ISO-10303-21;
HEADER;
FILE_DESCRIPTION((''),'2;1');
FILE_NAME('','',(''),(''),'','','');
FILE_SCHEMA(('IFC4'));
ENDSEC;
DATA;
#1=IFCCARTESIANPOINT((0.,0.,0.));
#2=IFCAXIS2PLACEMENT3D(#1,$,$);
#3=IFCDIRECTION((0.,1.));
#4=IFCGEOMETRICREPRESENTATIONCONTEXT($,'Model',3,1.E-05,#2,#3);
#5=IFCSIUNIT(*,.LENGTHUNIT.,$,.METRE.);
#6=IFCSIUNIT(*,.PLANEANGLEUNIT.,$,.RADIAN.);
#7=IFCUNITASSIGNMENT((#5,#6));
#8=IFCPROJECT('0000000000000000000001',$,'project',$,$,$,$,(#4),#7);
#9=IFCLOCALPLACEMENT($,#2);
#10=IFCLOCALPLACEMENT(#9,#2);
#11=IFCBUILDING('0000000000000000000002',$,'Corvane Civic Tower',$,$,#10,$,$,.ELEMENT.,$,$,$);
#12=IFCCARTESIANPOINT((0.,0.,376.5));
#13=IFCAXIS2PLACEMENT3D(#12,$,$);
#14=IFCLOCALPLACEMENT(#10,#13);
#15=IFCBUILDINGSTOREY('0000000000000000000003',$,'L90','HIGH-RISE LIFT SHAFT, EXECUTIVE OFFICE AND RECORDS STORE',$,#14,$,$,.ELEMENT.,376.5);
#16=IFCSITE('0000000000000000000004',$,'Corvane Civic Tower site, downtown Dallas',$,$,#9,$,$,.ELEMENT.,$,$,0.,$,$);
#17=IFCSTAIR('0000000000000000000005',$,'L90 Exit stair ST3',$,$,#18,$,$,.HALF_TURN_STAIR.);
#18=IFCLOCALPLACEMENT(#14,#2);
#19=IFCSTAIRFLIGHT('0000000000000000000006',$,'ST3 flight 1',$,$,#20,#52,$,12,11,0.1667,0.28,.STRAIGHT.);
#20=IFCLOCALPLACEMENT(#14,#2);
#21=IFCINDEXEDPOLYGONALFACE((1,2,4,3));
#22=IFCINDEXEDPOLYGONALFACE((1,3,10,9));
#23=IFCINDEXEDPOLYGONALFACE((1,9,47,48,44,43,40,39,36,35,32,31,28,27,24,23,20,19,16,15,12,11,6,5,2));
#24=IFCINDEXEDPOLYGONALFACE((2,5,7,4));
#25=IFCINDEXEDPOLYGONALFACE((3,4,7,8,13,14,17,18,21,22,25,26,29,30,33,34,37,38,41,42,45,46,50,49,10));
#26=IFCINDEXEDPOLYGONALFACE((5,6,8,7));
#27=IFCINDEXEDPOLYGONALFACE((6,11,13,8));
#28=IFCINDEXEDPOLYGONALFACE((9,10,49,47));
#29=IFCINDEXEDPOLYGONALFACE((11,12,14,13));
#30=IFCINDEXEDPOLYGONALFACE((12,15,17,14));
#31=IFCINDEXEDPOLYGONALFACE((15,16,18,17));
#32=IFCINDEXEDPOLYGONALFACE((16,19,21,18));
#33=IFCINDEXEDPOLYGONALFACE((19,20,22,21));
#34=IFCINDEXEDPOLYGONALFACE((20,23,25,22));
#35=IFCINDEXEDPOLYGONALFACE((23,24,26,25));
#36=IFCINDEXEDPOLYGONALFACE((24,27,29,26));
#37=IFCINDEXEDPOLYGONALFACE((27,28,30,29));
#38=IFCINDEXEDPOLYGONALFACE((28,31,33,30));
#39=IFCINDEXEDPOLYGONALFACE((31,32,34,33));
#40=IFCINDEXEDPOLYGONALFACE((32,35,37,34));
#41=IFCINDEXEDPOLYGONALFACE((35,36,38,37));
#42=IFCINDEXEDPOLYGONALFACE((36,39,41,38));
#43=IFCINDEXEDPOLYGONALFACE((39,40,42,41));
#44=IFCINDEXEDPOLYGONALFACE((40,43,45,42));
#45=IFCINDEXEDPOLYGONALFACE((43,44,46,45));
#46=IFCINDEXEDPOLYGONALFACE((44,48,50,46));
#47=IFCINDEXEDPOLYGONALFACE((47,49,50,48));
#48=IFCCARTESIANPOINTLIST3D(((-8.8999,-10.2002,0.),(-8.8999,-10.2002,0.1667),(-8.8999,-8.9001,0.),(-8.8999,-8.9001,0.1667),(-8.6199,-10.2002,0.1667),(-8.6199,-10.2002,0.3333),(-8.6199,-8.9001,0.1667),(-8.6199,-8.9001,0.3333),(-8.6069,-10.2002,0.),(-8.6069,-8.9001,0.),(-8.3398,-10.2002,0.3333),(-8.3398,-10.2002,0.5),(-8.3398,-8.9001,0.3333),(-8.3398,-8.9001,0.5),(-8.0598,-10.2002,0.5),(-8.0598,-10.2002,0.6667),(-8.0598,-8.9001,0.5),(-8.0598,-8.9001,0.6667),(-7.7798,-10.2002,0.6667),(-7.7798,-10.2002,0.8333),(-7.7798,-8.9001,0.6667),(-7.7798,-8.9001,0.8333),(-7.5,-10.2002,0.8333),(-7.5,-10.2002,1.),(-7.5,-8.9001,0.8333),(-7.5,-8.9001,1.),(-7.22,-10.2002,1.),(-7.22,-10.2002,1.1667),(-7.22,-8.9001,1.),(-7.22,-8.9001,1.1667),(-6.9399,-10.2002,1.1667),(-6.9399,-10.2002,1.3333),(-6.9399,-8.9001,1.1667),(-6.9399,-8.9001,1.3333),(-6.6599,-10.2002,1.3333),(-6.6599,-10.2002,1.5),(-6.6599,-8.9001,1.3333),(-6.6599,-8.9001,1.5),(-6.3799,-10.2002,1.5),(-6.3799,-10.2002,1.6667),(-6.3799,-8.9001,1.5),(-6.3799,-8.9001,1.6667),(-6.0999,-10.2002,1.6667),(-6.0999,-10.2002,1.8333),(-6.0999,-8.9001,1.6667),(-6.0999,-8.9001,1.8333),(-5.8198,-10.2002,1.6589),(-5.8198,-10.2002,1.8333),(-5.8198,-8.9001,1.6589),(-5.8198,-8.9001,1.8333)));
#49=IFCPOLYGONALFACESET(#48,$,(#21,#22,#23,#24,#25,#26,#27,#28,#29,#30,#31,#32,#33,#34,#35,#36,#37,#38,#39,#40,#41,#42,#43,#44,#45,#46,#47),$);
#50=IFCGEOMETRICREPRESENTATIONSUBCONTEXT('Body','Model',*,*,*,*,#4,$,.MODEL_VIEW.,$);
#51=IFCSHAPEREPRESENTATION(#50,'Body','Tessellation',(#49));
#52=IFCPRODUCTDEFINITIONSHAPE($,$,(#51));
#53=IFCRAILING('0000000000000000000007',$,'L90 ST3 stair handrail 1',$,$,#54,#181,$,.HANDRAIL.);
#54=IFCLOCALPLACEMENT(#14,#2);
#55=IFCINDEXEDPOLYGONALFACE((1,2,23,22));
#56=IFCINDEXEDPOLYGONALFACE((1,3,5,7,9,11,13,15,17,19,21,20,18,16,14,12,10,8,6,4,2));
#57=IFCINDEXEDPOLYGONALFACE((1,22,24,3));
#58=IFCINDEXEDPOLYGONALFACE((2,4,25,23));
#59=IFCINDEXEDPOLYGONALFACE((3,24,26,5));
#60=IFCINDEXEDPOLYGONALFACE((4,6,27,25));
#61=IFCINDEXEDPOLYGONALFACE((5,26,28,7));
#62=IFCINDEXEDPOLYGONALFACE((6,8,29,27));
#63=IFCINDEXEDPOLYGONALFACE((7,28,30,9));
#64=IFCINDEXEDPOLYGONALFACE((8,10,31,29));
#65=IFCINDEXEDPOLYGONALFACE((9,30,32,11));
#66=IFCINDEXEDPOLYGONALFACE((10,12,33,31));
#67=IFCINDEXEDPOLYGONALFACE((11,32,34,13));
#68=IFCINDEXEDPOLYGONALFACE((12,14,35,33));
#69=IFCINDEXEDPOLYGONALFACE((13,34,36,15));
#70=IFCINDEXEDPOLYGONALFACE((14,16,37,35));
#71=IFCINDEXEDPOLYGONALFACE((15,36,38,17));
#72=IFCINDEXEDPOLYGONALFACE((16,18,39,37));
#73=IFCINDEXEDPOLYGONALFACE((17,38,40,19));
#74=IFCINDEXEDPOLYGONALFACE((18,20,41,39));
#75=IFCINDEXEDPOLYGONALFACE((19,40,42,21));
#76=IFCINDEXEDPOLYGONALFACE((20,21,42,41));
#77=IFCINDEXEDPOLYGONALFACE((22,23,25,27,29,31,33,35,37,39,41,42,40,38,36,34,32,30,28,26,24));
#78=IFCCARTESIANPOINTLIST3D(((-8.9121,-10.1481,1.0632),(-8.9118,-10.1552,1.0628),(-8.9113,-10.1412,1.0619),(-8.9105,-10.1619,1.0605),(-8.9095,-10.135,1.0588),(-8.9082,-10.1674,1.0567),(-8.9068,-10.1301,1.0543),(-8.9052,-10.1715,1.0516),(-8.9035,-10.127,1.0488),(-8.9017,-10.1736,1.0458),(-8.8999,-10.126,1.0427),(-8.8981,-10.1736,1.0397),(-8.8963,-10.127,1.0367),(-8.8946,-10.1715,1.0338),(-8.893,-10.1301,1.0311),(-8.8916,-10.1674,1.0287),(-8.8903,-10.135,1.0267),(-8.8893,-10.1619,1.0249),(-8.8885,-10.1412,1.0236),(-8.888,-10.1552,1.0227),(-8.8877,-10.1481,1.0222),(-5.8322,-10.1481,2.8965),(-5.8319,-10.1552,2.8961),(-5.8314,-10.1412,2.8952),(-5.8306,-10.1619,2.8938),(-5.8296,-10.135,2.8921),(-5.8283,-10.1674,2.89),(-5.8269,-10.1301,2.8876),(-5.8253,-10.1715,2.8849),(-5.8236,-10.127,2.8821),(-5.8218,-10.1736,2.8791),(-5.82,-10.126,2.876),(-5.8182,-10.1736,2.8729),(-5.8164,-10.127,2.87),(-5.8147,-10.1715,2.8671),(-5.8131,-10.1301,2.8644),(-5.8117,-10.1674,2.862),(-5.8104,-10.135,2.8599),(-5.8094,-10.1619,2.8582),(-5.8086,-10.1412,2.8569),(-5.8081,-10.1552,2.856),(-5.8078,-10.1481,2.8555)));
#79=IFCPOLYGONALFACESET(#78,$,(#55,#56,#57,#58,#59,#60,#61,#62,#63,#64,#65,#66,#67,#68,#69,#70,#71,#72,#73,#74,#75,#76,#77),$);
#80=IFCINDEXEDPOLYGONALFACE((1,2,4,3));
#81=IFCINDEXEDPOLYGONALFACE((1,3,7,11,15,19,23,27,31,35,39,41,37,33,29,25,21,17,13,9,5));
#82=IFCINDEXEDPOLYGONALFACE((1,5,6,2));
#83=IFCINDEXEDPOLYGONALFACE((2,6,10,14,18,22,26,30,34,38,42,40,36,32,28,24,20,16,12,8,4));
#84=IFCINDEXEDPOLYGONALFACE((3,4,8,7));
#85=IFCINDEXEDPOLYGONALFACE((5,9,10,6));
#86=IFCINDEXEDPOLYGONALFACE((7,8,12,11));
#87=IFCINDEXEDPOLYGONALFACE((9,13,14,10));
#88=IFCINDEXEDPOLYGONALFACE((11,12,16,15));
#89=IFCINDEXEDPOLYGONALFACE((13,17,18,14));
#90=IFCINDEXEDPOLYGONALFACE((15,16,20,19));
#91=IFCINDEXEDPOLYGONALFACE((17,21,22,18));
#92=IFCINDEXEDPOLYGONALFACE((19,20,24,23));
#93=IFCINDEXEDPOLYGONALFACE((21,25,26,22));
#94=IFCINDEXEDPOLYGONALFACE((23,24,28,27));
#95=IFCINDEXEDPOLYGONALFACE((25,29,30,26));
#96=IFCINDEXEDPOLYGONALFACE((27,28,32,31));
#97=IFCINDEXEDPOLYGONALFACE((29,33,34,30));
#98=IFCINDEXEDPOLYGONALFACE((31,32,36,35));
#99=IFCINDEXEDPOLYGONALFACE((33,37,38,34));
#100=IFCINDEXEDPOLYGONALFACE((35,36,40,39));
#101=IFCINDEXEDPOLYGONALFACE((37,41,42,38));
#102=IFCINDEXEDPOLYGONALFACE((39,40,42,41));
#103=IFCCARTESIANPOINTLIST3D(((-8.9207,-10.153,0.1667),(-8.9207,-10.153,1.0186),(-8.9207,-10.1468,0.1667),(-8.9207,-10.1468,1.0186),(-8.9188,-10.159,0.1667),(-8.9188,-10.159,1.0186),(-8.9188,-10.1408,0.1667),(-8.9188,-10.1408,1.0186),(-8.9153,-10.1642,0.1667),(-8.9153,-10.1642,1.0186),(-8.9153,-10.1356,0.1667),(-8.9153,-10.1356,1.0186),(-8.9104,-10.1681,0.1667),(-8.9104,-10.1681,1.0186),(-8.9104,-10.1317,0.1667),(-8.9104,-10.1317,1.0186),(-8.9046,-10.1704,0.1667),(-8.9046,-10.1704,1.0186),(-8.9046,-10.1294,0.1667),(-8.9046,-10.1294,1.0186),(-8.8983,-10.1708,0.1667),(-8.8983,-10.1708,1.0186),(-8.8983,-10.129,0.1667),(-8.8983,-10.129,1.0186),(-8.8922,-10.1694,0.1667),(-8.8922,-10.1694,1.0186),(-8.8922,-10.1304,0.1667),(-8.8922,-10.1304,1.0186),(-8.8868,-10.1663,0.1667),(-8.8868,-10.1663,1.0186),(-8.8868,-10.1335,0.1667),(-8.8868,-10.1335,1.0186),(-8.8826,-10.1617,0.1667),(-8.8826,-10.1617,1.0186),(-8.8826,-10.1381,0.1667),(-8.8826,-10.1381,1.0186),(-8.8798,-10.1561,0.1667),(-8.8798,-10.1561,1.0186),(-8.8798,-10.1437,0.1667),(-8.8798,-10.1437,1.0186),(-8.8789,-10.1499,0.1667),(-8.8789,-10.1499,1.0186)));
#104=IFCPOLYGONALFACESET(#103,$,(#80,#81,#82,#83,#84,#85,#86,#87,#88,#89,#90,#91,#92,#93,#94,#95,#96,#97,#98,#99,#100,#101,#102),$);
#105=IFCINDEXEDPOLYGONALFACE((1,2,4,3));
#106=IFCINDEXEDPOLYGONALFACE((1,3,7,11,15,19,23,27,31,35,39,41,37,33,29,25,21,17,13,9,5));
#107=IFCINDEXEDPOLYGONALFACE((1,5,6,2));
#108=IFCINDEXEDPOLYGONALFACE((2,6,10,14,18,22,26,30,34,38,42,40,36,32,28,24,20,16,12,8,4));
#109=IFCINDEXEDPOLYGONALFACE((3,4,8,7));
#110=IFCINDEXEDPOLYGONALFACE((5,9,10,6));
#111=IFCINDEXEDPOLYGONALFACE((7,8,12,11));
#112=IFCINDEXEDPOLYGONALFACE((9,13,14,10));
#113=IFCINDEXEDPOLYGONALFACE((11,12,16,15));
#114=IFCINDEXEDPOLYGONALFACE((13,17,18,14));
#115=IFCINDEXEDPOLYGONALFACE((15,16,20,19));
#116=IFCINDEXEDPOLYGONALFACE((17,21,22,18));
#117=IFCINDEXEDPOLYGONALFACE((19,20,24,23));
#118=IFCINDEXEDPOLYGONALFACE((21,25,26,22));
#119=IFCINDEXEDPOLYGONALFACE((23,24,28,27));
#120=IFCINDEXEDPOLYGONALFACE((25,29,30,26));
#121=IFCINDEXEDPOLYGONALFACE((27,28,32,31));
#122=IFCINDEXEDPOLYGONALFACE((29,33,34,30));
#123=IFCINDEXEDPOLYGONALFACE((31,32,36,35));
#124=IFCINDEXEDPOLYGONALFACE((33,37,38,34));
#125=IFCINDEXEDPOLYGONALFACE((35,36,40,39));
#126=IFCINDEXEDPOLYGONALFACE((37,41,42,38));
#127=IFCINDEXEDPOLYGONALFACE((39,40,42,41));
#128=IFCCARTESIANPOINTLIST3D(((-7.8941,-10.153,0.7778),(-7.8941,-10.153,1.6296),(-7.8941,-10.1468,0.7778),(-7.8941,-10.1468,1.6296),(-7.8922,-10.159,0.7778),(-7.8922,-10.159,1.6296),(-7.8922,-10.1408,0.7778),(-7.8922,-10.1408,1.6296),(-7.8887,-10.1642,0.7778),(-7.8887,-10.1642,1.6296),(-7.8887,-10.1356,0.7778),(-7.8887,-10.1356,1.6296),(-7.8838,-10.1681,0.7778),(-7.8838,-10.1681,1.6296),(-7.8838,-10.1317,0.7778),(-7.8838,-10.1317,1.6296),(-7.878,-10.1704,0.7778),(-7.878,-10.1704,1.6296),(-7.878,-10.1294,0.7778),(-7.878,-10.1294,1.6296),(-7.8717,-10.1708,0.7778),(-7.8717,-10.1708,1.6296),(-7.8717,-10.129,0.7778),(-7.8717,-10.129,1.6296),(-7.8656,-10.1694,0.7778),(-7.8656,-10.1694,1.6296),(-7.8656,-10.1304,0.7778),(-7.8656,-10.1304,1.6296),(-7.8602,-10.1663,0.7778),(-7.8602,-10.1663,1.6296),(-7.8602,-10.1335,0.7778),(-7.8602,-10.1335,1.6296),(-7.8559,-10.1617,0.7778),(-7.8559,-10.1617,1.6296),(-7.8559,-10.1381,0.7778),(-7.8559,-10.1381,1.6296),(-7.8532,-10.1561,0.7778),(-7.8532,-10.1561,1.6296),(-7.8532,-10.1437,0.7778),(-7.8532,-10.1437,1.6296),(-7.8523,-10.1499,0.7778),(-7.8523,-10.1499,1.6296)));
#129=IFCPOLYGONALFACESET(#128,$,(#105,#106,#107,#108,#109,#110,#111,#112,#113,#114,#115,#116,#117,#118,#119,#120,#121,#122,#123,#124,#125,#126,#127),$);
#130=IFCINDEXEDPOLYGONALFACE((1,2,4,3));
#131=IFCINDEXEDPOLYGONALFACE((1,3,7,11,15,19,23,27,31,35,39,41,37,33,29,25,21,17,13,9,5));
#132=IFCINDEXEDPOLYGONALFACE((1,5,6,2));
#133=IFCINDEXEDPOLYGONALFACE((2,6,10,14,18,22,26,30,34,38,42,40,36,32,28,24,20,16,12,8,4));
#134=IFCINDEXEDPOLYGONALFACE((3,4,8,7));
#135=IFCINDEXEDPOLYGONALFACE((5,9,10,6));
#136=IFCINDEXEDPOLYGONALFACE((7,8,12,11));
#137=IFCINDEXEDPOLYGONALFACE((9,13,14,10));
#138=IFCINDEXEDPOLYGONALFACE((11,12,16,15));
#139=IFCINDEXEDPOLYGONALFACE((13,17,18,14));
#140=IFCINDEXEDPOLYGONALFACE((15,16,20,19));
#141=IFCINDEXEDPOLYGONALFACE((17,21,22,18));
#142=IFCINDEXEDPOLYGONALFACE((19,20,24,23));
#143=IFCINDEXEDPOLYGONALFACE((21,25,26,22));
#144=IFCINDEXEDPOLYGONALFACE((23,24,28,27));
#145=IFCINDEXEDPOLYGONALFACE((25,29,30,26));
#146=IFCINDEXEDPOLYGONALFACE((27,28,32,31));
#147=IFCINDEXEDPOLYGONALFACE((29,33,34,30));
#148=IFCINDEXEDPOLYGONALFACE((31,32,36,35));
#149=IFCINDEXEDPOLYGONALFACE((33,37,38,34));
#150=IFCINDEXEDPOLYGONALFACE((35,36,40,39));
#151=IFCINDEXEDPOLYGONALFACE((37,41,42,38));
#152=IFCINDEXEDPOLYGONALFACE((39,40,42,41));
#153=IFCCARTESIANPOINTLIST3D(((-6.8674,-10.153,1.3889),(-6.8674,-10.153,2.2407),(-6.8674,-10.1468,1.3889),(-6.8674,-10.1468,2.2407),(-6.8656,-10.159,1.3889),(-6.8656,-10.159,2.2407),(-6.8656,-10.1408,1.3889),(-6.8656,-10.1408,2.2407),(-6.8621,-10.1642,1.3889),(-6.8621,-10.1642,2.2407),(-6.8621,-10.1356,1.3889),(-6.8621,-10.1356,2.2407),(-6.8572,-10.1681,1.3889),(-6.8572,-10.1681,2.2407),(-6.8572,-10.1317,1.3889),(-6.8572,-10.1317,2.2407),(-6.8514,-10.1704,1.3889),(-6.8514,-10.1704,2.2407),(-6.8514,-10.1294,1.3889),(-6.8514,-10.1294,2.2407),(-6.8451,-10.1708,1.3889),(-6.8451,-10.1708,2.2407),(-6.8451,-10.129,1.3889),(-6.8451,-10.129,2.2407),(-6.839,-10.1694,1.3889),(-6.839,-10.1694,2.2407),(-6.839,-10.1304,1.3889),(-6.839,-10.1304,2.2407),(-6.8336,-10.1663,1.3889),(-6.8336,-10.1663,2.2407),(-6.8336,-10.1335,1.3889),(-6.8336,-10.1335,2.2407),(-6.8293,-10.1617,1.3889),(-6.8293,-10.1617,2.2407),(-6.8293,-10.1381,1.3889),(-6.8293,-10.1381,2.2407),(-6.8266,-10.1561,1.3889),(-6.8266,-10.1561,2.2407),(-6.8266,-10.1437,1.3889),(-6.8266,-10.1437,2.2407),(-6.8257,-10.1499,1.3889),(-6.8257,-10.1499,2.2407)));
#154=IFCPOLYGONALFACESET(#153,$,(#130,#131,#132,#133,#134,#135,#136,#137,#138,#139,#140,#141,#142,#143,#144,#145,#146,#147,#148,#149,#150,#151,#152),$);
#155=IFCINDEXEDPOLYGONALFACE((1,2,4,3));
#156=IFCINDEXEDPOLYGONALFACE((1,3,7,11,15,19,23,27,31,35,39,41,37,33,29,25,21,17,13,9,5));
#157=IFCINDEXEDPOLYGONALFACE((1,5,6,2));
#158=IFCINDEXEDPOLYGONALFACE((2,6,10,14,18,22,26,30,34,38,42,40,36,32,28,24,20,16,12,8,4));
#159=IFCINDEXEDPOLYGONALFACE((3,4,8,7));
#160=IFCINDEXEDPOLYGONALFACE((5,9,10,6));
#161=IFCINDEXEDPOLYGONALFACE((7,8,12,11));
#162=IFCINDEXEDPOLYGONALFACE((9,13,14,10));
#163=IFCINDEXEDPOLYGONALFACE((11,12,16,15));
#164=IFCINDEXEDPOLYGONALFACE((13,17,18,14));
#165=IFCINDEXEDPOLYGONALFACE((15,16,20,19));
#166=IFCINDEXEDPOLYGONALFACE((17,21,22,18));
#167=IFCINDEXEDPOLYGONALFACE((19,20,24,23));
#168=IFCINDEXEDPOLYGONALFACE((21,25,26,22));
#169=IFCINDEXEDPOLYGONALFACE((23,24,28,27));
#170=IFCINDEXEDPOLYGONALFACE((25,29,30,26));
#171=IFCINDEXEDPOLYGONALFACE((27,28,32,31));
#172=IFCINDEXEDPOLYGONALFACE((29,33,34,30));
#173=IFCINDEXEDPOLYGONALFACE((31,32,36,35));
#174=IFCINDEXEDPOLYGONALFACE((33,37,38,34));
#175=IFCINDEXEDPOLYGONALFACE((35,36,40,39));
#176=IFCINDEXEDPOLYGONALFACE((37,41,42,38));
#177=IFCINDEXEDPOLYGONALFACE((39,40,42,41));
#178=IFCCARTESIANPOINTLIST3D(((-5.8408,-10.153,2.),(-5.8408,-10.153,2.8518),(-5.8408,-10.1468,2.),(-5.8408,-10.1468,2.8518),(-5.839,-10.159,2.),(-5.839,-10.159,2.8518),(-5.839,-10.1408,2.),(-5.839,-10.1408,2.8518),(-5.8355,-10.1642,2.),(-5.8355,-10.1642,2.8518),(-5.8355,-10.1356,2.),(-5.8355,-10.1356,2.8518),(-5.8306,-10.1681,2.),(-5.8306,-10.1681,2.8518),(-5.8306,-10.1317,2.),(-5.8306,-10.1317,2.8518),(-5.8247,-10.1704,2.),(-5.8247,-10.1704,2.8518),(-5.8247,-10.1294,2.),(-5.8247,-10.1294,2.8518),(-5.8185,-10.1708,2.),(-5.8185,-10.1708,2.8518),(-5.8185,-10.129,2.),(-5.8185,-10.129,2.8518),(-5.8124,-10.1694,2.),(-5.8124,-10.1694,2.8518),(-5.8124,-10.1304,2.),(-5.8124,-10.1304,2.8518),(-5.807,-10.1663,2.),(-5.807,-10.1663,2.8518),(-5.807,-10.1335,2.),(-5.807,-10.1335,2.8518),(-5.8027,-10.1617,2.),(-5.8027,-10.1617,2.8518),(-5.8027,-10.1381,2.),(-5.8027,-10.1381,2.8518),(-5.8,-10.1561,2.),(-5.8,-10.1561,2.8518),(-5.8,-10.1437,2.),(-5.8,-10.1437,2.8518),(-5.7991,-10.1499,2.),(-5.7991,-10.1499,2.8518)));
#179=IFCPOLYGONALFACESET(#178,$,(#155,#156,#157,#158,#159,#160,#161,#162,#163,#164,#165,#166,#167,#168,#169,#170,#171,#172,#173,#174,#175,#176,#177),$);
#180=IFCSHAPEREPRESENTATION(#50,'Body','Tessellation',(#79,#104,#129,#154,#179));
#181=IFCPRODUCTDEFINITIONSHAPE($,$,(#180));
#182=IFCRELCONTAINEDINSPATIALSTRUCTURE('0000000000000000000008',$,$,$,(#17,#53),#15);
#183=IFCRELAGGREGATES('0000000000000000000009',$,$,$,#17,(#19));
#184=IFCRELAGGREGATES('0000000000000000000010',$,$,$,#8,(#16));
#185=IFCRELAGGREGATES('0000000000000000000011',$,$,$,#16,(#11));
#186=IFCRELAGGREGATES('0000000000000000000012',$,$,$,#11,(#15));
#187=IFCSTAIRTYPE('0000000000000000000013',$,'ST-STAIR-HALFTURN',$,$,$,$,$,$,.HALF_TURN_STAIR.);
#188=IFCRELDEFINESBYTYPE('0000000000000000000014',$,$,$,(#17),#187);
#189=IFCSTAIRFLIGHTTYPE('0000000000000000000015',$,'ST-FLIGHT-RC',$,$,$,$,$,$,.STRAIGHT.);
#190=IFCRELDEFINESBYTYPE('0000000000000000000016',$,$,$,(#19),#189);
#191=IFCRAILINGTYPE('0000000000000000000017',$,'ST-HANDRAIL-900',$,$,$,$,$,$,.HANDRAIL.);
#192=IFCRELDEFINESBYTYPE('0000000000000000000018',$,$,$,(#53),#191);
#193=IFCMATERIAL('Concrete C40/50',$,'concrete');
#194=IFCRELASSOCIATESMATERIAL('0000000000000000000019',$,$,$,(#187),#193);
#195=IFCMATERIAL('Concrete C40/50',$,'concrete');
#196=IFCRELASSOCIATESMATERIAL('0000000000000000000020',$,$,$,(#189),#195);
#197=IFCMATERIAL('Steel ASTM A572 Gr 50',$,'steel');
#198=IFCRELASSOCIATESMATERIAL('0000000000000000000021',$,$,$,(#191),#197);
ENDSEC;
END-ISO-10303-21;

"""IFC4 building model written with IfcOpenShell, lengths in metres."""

from ifc_helpers import new_model, si_unit, direction, frame, origin, origin_2d, place, context, subcontext, project, spatial, polyline, circle, outline, extrude, material, type_object, element, aggregate, save


model = new_model("IFC4")

# Units and contexts
model_context = context("Model", 3, precision=1e-05, world=origin(), true_north=direction((0.0, 1.0)))
body_context = subcontext(model_context, "Body", "Model", "MODEL_VIEW")
ifc_project = project(units=[si_unit("LENGTHUNIT", "METRE"), si_unit("PLANEANGLEUNIT", "RADIAN")], contexts=[model_context])

# Site, building, storey
site_placement = place(None, origin())
site = spatial("IfcSite", under=ifc_project, at=site_placement, Name="Corvane Civic Tower site, downtown Dallas", CompositionType="ELEMENT", RefElevation=0.0)
building_placement = place(site_placement, origin())
building = spatial("IfcBuilding", under=site, at=building_placement, Name="Corvane Civic Tower", CompositionType="ELEMENT")
storey_placement = place(building_placement, frame((0.0, 0.0, 376.5)))
storey = spatial("IfcBuildingStorey", under=building, at=storey_placement, Name="L90", Description="HIGH-RISE LIFT SHAFT, EXECUTIVE OFFICE AND RECORDS STORE", CompositionType="ELEMENT", Elevation=376.5)

# Stair, stair flight
ifc_material_1 = material(Name="Concrete C40/50", Category="concrete")
stair_type = type_object("IfcStairType", Name="ST-STAIR-HALFTURN", PredefinedType="HALF_TURN_STAIR", material=ifc_material_1)
stair_placement = place(storey_placement, origin())
stair = element("IfcStair", 1, at=stair_placement, inside=storey, type_object=stair_type, Name="L90 Exit stair ST3", PredefinedType="HALF_TURN_STAIR")
ifc_material_2 = material(Name="Concrete C40/50", Category="concrete")
stair_flight_type = type_object("IfcStairFlightType", Name="ST-FLIGHT-RC", PredefinedType="STRAIGHT", material=ifc_material_2)
stair_flight_placement = place(storey_placement, frame((-8.8999, -9.55, 0.0), z_axis=(0.0, 0.0, 1.0), x_axis=(1.0, 0.0, 0.0)))
stair_flight = element("IfcStairFlight", 2, at=stair_flight_placement, type_object=stair_flight_type, Name="ST3 flight 1", NumberOfRisers=12, NumberOfTreads=11, PredefinedType="STRAIGHT", RiserHeight=0.1667, TreadLength=0.28, context=body_context, shape_type="SweptSolid", body=[
    extrude(outline(polyline([(0.0, 0.0), (0.0, 0.1667), (0.28, 0.1667), (0.28, 0.3333), (0.5601, 0.3333), (0.5601, 0.5), (0.8401, 0.5), (0.8401, 0.6667), (1.1201, 0.6667), (1.1201, 0.8333), (1.3999, 0.8333), (1.3999, 1.0), (1.6799, 1.0), (1.6799, 1.1667), (1.96, 1.1667), (1.96, 1.3333), (2.24, 1.3333), (2.24, 1.5), (2.52, 1.5), (2.52, 1.6667), (2.8, 1.6667), (2.8, 1.8333), (3.0801, 1.8333), (3.0801, 2.0), (3.0801, 1.6589), (0.293, 0.0), (0.0, 0.0)])), frame((0.0, 0.6499, 0.0), z_axis=(0.0, -1.0, 0.0), x_axis=(1.0, 0.0, 0.0)), (0.0, 0.0, 1.0), 1.3),
])
aggregate(stair, [stair_flight])

# Railing
ifc_material_3 = material(Name="Steel ASTM A572 Gr 50", Category="steel")
railing_type_1 = type_object("IfcRailingType", Name="ST-HANDRAIL-900", PredefinedType="HANDRAIL", material=ifc_material_3)
railing_1_placement = place(storey_placement, frame((-8.8999, -10.1499, 0.1667)))
element("IfcRailing", 3, at=railing_1_placement, inside=storey, type_object=railing_type_1, Name="L90 ST3 stair handrail 1", PredefinedType="HANDRAIL", context=body_context, shape_type="SweptSolid", body=[
    extrude(circle(Radius=0.0239, at=origin_2d()), frame((0.0, 0.0, 0.876), z_axis=(0.859291, 0.0, 0.511487), x_axis=(0.0, 1.0, 0.0)), (0.0, 0.0, 1.0), 3.5842),
    extrude(circle(Radius=0.021, at=origin_2d()), origin(), (0.0, 0.0, 1.0), 0.8518),
    extrude(circle(Radius=0.021, at=origin_2d()), frame((1.0266, 0.0, 0.6111)), (0.0, 0.0, 1.0), 0.8518),
    extrude(circle(Radius=0.021, at=origin_2d()), frame((2.0532, 0.0, 1.2222)), (0.0, 0.0, 1.0), 0.8518),
    extrude(circle(Radius=0.021, at=origin_2d()), frame((3.0798, 0.0, 1.8333)), (0.0, 0.0, 1.0), 0.8518),
])

save(model, "model.ifc")
